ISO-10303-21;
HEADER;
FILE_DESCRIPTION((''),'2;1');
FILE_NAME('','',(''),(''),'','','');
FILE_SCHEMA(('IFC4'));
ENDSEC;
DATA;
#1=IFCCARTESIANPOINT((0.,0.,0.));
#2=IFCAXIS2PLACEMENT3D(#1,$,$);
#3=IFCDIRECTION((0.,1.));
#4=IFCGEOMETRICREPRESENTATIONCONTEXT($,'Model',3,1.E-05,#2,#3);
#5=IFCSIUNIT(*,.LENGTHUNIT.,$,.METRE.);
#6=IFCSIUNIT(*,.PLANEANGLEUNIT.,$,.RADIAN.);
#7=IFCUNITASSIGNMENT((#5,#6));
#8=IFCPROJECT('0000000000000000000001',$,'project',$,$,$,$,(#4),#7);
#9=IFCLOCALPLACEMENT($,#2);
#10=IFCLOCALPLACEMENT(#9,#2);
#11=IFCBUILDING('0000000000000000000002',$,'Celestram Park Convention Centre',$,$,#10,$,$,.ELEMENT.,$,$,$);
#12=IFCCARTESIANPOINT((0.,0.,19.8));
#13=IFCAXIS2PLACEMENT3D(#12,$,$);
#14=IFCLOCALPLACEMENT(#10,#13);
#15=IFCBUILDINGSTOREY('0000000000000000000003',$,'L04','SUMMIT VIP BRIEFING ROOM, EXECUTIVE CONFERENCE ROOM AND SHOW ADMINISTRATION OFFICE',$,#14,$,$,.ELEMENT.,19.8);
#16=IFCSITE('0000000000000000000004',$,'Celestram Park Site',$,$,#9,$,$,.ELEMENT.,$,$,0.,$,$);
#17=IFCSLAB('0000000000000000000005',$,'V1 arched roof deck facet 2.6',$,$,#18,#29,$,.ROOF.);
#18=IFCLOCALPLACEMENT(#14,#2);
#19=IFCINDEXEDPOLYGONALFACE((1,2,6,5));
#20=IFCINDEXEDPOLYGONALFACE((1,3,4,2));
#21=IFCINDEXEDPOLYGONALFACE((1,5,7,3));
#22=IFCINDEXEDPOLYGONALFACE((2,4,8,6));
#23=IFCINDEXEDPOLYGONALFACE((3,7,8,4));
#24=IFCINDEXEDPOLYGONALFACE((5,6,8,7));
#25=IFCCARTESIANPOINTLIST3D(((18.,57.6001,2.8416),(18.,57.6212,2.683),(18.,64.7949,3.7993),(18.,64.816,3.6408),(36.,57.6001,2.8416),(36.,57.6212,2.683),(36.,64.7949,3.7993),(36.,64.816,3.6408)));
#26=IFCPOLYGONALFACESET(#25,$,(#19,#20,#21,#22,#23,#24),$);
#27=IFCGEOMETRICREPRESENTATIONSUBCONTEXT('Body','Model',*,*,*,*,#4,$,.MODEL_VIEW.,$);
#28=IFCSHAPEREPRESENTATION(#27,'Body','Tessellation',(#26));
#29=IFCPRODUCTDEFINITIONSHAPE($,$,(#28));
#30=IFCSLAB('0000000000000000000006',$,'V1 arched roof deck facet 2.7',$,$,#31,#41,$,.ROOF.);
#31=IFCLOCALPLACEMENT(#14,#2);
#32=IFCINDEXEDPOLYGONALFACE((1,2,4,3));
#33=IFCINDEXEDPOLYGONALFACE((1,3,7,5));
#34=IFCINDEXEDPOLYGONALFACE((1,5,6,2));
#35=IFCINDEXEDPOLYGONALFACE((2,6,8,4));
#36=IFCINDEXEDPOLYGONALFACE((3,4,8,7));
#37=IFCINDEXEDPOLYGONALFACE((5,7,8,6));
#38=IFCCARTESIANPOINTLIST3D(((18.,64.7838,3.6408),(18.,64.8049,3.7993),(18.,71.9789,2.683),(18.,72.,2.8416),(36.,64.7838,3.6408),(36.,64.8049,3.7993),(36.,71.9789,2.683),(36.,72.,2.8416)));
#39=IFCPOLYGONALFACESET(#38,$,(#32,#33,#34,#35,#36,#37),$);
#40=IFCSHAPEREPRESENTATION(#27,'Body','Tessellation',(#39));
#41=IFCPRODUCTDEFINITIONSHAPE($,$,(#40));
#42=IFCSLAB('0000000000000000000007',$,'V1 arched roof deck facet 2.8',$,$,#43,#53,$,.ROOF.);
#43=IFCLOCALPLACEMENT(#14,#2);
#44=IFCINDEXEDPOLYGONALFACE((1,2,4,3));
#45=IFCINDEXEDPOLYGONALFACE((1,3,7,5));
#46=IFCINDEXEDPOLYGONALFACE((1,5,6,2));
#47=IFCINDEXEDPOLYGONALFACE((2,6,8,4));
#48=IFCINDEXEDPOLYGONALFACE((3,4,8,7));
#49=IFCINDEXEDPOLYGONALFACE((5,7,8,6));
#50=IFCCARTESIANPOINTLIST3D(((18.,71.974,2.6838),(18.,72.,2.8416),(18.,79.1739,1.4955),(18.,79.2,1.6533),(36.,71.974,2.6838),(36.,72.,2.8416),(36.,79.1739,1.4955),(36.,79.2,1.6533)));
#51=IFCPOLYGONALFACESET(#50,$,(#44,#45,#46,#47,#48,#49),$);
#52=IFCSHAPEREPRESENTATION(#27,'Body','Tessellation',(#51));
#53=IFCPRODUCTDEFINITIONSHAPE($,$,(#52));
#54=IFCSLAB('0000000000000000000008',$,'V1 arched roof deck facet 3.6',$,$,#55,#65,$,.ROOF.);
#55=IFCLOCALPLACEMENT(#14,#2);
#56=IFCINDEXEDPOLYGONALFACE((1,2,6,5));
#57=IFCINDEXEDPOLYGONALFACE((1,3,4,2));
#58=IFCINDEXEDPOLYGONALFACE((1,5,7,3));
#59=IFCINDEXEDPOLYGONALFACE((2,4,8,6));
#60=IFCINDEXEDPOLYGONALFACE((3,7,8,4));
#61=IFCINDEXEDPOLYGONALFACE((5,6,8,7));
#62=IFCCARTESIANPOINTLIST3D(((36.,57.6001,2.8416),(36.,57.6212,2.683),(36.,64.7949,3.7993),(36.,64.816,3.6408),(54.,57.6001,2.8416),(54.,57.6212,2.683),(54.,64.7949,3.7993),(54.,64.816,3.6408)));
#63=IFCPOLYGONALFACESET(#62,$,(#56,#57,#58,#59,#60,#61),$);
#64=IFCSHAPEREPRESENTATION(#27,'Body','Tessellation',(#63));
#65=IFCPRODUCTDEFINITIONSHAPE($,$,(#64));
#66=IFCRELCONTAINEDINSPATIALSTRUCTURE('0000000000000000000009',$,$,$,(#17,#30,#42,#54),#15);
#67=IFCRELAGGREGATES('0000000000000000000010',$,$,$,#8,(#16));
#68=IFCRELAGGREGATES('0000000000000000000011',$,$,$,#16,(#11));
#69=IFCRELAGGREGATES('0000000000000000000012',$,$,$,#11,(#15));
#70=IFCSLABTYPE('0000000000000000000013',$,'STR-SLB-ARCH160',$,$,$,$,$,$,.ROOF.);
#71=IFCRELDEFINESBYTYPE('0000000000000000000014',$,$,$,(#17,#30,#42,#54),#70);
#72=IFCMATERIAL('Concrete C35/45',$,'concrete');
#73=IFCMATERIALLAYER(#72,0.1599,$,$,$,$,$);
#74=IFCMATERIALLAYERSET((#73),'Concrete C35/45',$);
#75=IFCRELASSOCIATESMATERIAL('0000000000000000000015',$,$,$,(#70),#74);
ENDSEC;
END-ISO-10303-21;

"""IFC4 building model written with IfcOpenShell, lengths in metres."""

from ifc_helpers import new_model, si_unit, direction, frame, origin, place, context, subcontext, project, spatial, polyline, outline, extrude, material, layer, layer_set, type_object, element, save


model = new_model("IFC4")

# Units and contexts
model_context = context("Model", 3, precision=1e-05, world=origin(), true_north=direction((0.0, 1.0)))
body_context = subcontext(model_context, "Body", "Model", "MODEL_VIEW")
ifc_project = project(units=[si_unit("LENGTHUNIT", "METRE"), si_unit("PLANEANGLEUNIT", "RADIAN")], contexts=[model_context])

# Site, building, storey
site_placement = place(None, origin())
site = spatial("IfcSite", under=ifc_project, at=site_placement, Name="Celestram Park Site", CompositionType="ELEMENT", RefElevation=0.0)
building_placement = place(site_placement, origin())
building = spatial("IfcBuilding", under=site, at=building_placement, Name="Celestram Park Convention Centre", CompositionType="ELEMENT")
storey_placement = place(building_placement, frame((0.0, 0.0, 19.8)))
storey = spatial("IfcBuildingStorey", under=building, at=storey_placement, Name="L04", Description="SUMMIT VIP BRIEFING ROOM, EXECUTIVE CONFERENCE ROOM AND SHOW ADMINISTRATION OFFICE", CompositionType="ELEMENT", Elevation=19.8)

# Slabs
ifc_material_1 = material(Name="Concrete C35/45", Category="concrete")
ifc_layer_1 = layer(ifc_material_1, 0.1599)
ifc_layer_set_1 = layer_set([ifc_layer_1], Name="Concrete C35/45")
slab_type = type_object("IfcSlabType", Name="STR-SLB-ARCH160", PredefinedType="ROOF", material=ifc_layer_set_1)
slab_1_placement = place(storey_placement, frame((18.0, 57.6001, 2.8416), z_axis=(0.0, -0.131954, 0.991256), x_axis=(1.0, 0.0, 0.0)))
element("IfcSlab", 1, at=slab_1_placement, inside=storey, type_object=slab_type, Name="V1 arched roof deck facet 2.6", PredefinedType="ROOF", context=body_context, shape_type="SweptSolid", body=[
    extrude(outline(polyline([(0.0, 0.0), (18.0, 0.0), (18.0, 7.2583), (0.0, 7.2583), (0.0, 0.0)])), origin(), (0.0, 0.0, -1.0), 0.1599),
])
slab_2_placement = place(storey_placement, frame((18.0, 64.8049, 3.7993), z_axis=(0.0, 0.13195, 0.991256), x_axis=(1.0, 0.0, 0.0)))
element("IfcSlab", 2, at=slab_2_placement, inside=storey, type_object=slab_type, Name="V1 arched roof deck facet 2.7", PredefinedType="ROOF", context=body_context, shape_type="SweptSolid", body=[
    extrude(outline(polyline([(0.0, 0.0), (18.0, 0.0), (18.0, 7.2585), (0.0, 7.2585), (0.0, 0.0)])), origin(), (0.0, 0.0, -1.0), 0.1599),
])
slab_3_placement = place(storey_placement, frame((18.0, 72.0, 2.8416), z_axis=(0.0, 0.162831, 0.986654), x_axis=(1.0, 0.0, 0.0)))
element("IfcSlab", 3, at=slab_3_placement, inside=storey, type_object=slab_type, Name="V1 arched roof deck facet 2.8", PredefinedType="ROOF", context=body_context, shape_type="SweptSolid", body=[
    extrude(outline(polyline([(0.0, 0.0), (18.0, 0.0), (18.0, 7.2973), (0.0, 7.2973), (0.0, 0.0)])), origin(), (0.0, 0.0, -1.0), 0.1599),
])
slab_4_placement = place(storey_placement, frame((36.0, 57.6001, 2.8416), z_axis=(0.0, -0.131954, 0.991256), x_axis=(1.0, 0.0, 0.0)))
element("IfcSlab", 4, at=slab_4_placement, inside=storey, type_object=slab_type, Name="V1 arched roof deck facet 3.6", PredefinedType="ROOF", context=body_context, shape_type="SweptSolid", body=[
    extrude(outline(polyline([(0.0, 0.0), (18.0, 0.0), (18.0, 7.2583), (0.0, 7.2583), (0.0, 0.0)])), origin(), (0.0, 0.0, -1.0), 0.1599),
])

save(model, "model.ifc")
